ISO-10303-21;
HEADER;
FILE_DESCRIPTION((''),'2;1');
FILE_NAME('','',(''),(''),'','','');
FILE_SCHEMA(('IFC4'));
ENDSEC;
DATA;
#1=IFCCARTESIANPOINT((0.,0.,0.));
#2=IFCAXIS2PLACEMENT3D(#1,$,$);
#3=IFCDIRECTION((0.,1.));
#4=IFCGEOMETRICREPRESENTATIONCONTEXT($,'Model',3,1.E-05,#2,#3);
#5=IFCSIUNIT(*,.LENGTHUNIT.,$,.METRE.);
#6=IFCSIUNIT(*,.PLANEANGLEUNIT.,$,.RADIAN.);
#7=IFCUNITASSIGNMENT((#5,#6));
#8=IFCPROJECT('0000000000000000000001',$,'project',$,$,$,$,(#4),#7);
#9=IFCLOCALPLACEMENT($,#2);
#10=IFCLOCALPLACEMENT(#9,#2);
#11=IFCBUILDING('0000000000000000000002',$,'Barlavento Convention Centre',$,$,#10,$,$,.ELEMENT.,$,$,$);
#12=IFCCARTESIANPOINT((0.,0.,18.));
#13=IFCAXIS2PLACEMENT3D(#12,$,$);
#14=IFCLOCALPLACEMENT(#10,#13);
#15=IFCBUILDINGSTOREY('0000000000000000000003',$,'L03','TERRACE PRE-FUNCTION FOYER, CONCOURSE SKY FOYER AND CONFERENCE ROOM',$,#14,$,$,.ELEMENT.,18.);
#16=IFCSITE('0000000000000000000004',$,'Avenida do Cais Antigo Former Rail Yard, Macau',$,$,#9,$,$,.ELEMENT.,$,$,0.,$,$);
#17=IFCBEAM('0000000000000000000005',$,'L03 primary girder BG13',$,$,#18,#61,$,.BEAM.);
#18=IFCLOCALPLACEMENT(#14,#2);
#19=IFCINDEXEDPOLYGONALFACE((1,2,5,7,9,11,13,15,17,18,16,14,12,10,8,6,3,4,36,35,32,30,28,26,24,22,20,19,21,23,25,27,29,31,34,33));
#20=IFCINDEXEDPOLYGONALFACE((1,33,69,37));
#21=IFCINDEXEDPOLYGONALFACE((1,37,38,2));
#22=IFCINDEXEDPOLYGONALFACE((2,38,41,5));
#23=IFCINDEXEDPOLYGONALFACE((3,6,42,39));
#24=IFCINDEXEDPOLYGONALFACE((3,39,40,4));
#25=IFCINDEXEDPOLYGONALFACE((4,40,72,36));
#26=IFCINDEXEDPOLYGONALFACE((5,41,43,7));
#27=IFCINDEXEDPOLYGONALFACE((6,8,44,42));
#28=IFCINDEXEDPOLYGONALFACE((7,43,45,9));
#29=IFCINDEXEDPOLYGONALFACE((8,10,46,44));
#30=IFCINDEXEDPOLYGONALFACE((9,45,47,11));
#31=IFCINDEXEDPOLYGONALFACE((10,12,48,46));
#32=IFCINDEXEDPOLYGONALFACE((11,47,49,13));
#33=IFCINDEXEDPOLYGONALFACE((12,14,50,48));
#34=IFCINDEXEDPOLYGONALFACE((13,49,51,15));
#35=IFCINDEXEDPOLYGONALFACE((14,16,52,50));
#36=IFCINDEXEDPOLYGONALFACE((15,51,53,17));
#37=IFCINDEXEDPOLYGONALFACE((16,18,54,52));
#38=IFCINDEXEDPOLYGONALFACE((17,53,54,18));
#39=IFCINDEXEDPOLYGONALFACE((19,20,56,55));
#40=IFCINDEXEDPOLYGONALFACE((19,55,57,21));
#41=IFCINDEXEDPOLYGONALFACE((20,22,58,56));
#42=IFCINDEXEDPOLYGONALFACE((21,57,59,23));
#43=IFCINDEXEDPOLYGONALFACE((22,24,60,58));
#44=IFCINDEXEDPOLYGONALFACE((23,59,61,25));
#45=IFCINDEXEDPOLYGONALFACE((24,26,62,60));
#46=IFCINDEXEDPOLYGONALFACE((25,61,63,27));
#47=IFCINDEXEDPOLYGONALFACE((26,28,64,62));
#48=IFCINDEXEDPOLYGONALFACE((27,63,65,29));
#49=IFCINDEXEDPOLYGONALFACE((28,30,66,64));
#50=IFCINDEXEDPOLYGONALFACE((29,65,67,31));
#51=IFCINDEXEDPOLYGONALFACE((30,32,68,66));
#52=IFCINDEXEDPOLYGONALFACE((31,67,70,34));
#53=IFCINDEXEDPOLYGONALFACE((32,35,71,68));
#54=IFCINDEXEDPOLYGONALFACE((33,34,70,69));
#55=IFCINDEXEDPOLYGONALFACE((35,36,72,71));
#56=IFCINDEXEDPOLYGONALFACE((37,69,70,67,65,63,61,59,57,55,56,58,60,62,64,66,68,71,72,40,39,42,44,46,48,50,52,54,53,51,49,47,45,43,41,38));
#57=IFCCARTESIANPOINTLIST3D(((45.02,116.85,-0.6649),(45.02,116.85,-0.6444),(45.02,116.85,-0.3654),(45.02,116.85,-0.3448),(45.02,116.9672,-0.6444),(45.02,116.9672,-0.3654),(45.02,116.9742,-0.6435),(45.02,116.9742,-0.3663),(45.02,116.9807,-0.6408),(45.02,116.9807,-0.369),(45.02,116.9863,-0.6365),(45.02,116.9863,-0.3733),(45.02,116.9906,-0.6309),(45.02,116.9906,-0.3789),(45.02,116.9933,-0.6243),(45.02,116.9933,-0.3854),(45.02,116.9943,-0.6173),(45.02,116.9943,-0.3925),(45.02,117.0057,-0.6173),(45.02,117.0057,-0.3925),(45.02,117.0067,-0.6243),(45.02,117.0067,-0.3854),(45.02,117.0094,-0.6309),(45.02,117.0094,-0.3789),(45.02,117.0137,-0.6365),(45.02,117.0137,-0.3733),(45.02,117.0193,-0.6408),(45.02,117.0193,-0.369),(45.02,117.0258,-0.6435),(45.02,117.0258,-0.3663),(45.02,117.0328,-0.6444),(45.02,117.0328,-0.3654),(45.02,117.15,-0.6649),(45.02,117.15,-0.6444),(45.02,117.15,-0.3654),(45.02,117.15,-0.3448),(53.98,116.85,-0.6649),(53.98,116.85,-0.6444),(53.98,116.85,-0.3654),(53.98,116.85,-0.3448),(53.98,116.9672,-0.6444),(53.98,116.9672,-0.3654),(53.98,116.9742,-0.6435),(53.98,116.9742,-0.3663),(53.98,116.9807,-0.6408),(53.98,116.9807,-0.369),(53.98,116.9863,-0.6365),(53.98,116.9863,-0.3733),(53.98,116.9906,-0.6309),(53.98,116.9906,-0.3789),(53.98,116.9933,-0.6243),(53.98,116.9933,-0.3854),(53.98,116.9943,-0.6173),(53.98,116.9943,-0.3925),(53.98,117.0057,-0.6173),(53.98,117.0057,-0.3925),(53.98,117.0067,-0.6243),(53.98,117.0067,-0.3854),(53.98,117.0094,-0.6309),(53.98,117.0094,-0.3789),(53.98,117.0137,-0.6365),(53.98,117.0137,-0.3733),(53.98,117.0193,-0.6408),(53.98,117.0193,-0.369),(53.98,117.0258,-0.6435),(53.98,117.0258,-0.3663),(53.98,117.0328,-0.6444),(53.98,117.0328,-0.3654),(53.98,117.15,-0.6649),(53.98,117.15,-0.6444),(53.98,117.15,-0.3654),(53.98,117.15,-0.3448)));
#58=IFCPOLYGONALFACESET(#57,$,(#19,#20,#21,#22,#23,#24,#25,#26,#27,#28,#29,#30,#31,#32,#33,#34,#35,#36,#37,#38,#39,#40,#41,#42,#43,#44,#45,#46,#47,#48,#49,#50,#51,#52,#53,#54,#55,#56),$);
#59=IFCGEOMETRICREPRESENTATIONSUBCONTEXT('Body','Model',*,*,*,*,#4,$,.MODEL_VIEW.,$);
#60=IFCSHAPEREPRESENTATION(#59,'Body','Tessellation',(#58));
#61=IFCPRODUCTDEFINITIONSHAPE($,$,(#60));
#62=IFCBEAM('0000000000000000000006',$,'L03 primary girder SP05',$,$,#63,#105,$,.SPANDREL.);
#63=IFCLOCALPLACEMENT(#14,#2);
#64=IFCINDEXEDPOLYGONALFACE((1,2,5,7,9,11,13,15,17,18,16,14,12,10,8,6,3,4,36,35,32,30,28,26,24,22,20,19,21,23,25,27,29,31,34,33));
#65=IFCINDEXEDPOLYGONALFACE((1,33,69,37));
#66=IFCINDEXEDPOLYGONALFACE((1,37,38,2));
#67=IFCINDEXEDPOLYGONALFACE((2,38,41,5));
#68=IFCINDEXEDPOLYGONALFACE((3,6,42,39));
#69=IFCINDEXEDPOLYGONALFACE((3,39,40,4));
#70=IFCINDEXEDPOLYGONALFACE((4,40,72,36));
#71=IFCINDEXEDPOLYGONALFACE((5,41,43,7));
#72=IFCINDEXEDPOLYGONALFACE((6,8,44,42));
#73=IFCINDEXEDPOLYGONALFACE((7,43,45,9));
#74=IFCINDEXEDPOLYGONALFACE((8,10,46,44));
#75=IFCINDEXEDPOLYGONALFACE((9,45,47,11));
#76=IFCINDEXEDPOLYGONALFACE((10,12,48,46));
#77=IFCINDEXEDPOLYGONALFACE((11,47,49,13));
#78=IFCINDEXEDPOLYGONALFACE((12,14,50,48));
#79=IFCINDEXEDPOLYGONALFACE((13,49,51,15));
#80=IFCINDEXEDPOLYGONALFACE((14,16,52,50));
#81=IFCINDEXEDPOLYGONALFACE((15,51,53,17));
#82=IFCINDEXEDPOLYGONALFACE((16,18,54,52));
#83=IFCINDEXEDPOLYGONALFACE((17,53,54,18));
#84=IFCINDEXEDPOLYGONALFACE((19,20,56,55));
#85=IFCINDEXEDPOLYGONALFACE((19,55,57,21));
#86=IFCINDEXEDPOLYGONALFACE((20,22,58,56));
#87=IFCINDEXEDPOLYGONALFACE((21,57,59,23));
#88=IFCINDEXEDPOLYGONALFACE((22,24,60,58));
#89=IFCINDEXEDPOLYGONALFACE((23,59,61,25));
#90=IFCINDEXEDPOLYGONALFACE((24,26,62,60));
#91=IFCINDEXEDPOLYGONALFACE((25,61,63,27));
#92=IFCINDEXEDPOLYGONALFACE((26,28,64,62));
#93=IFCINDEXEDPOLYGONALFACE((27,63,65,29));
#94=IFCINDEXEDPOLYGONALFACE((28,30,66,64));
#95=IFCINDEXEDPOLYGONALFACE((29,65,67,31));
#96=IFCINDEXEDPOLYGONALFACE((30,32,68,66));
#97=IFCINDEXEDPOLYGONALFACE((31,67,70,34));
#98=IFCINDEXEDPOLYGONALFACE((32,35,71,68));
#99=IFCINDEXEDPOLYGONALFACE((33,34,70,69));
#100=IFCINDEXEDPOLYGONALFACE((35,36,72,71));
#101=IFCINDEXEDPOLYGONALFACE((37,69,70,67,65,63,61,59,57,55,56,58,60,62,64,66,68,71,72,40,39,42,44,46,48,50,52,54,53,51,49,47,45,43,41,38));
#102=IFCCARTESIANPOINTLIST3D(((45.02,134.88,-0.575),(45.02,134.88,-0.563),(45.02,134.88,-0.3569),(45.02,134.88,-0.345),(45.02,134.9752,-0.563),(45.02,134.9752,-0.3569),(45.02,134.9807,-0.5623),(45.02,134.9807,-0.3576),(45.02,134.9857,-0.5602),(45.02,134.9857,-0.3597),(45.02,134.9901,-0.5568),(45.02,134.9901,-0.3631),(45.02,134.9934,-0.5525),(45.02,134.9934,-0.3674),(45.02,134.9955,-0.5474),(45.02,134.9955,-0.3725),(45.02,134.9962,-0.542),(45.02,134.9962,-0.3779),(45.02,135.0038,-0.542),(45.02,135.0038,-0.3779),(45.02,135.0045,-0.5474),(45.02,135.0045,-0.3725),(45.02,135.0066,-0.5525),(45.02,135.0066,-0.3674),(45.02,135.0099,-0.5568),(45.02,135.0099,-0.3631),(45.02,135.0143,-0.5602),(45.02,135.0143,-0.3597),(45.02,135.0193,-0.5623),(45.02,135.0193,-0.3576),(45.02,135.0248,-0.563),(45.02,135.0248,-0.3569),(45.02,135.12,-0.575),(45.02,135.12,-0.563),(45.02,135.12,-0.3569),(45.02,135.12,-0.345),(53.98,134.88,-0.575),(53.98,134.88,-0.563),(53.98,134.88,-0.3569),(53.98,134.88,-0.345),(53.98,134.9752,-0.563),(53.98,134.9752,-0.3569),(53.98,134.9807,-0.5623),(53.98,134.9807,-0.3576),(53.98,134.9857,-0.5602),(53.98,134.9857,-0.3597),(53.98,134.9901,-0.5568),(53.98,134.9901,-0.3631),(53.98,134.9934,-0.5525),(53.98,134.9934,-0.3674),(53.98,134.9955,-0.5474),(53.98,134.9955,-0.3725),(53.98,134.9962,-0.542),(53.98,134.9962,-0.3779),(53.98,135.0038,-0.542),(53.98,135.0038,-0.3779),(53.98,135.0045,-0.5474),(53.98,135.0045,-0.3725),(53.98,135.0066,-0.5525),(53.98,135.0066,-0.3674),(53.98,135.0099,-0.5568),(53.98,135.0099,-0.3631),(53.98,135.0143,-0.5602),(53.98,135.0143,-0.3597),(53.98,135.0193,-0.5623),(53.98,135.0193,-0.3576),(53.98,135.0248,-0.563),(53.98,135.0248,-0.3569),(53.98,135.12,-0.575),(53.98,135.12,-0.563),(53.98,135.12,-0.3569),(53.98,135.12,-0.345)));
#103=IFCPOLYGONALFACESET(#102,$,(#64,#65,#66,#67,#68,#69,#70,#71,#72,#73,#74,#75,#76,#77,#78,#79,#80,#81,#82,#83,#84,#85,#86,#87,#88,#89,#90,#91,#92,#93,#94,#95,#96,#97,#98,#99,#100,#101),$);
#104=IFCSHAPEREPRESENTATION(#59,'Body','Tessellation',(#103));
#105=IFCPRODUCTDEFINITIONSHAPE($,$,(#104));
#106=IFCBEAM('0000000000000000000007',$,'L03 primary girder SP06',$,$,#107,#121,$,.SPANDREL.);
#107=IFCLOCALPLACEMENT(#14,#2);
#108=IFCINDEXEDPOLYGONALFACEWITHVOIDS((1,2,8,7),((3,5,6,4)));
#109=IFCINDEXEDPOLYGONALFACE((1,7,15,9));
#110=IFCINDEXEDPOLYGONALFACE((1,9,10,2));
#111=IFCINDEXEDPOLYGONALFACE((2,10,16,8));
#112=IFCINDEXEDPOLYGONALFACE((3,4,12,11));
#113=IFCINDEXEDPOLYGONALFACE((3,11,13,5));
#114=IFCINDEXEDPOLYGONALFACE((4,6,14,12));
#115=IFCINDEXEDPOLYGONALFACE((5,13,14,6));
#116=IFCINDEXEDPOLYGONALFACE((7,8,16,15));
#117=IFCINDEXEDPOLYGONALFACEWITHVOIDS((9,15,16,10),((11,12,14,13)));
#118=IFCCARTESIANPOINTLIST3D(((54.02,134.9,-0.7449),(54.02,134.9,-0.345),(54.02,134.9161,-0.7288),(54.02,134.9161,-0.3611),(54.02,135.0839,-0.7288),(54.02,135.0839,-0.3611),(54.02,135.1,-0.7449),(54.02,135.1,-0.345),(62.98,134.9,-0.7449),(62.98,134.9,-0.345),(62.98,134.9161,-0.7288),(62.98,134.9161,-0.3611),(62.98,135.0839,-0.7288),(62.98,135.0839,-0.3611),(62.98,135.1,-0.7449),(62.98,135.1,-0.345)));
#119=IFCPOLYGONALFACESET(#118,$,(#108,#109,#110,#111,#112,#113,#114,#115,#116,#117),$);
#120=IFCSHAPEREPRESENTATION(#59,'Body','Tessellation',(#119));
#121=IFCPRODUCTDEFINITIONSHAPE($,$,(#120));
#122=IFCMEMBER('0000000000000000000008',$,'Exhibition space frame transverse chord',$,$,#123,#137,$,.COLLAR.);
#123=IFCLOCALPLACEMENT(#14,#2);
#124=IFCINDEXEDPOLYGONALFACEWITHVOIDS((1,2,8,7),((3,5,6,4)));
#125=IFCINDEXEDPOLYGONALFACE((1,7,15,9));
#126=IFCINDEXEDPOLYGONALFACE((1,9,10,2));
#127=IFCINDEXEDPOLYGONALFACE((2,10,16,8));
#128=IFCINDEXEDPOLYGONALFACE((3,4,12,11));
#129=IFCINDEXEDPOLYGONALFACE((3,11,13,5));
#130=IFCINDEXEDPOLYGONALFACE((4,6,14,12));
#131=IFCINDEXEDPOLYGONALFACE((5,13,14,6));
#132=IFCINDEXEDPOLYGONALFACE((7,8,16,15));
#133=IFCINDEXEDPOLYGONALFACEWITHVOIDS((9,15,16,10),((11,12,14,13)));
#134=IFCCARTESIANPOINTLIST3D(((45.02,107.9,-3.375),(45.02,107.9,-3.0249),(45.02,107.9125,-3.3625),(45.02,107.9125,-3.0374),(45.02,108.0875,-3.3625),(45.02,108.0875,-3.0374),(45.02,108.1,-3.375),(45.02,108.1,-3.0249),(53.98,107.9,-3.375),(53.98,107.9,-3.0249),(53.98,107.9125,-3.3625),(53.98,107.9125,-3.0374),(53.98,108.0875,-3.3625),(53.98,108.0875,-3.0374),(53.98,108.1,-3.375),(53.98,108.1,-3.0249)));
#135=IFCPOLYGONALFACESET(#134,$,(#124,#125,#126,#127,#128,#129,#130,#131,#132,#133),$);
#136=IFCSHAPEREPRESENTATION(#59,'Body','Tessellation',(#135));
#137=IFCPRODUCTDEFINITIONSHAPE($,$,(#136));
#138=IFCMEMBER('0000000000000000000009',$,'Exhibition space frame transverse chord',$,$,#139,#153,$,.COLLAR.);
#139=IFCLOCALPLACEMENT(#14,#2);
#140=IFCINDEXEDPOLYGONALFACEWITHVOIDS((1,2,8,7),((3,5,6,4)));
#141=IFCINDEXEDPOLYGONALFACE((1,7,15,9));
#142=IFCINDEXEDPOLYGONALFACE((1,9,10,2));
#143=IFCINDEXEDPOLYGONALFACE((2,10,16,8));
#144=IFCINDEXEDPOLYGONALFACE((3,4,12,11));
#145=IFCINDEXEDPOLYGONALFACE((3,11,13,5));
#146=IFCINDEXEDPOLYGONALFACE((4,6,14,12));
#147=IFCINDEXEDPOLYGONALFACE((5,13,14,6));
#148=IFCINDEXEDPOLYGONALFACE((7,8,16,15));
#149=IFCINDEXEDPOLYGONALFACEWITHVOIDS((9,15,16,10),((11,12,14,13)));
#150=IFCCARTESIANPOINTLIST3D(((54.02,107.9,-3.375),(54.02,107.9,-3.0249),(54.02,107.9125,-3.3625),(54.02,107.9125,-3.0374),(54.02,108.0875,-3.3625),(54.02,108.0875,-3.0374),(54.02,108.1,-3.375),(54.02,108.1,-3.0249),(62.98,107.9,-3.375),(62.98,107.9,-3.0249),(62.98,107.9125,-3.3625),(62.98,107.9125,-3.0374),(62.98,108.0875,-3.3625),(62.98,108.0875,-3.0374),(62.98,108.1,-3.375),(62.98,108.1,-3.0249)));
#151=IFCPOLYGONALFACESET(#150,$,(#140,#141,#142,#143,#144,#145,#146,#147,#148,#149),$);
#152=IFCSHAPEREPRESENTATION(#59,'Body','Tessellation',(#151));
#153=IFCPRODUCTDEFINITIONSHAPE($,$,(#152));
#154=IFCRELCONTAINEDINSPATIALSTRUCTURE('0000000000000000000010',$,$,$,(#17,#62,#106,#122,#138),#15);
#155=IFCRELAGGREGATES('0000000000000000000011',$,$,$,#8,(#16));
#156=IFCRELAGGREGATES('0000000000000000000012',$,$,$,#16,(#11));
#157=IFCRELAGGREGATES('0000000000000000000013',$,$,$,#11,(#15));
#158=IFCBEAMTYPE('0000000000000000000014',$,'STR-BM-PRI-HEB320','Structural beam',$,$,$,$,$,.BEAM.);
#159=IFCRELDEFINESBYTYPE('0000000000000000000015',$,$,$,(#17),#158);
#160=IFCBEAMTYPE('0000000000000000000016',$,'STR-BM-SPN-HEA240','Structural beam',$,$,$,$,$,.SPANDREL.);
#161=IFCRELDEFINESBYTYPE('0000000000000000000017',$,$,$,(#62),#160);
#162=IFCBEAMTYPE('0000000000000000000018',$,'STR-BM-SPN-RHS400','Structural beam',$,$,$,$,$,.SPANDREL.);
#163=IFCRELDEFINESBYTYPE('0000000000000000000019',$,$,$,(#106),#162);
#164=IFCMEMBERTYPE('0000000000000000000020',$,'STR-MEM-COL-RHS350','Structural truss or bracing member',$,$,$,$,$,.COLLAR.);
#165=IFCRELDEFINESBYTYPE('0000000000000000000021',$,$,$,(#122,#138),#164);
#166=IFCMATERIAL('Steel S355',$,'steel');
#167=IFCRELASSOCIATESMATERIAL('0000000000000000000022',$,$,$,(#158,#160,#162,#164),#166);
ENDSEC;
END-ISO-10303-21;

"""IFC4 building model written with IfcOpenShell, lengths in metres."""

from ifc_helpers import new_model, si_unit, direction, frame, origin, origin_2d, place, context, subcontext, project, spatial, hollow_rectangle, i_section, extrude, material, material_profile, profile_set, type_object, element, save


model = new_model("IFC4")

# Units and contexts
model_context = context("Model", 3, precision=1e-05, world=origin(), true_north=direction((0.0, 1.0)))
body_context = subcontext(model_context, "Body", "Model", "MODEL_VIEW")
ifc_project = project(units=[si_unit("LENGTHUNIT", "METRE"), si_unit("PLANEANGLEUNIT", "RADIAN")], contexts=[model_context])

# Site, building, storey
site_placement = place(None, origin())
site = spatial("IfcSite", under=ifc_project, at=site_placement, Name="Avenida do Cais Antigo Former Rail Yard, Macau", CompositionType="ELEMENT", RefElevation=0.0)
building_placement = place(site_placement, origin())
building = spatial("IfcBuilding", under=site, at=building_placement, Name="Barlavento Convention Centre", CompositionType="ELEMENT")
storey_placement = place(building_placement, frame((0.0, 0.0, 18.0)))
storey = spatial("IfcBuildingStorey", under=building, at=storey_placement, Name="L03", Description="TERRACE PRE-FUNCTION FOYER, CONCOURSE SKY FOYER AND CONFERENCE ROOM", CompositionType="ELEMENT", Elevation=18.0)

# Beams
ifc_material_1 = material(Name="Steel S355", Category="steel")
ifc_material_profile_1 = material_profile(ifc_material_1, i_section(OverallWidth=0.3, OverallDepth=0.3201, WebThickness=0.0115, FlangeThickness=0.0205, FilletRadius=0.0271, at=origin_2d()), Name="HEB 320")
ifc_profile_set_1 = profile_set([ifc_material_profile_1], Name="Steel S355")
beam_type_1 = type_object("IfcBeamType", Name="STR-BM-PRI-HEB320", Description="Structural beam", PredefinedType="BEAM", material=ifc_profile_set_1)
beam_1_placement = place(storey_placement, frame((45.02, 117.0, -0.5049), z_axis=(1.0, 0.0, 0.0), x_axis=(0.0, 1.0, 0.0)))
element("IfcBeam", 1, at=beam_1_placement, inside=storey, type_object=beam_type_1, Name="L03 primary girder BG13", PredefinedType="BEAM", context=body_context, shape_type="SweptSolid", body=[
    extrude(i_section(OverallWidth=0.3, OverallDepth=0.3201, WebThickness=0.0115, FlangeThickness=0.0205, FilletRadius=0.0271, at=origin_2d()), origin(), (0.0, 0.0, 1.0), 8.96),
])
ifc_material_profile_2 = material_profile(ifc_material_1, i_section(OverallWidth=0.24, OverallDepth=0.23, WebThickness=0.0076, FlangeThickness=0.012, FilletRadius=0.021, at=origin_2d()), Name="HEA 240")
ifc_profile_set_2 = profile_set([ifc_material_profile_2], Name="Steel S355")
beam_type_2 = type_object("IfcBeamType", Name="STR-BM-SPN-HEA240", Description="Structural beam", PredefinedType="SPANDREL", material=ifc_profile_set_2)
beam_2_placement = place(storey_placement, frame((45.02, 135.0, -0.46), z_axis=(1.0, 0.0, 0.0), x_axis=(0.0, 1.0, 0.0)))
element("IfcBeam", 2, at=beam_2_placement, inside=storey, type_object=beam_type_2, Name="L03 primary girder SP05", PredefinedType="SPANDREL", context=body_context, shape_type="SweptSolid", body=[
    extrude(i_section(OverallWidth=0.24, OverallDepth=0.23, WebThickness=0.0076, FlangeThickness=0.012, FilletRadius=0.021, at=origin_2d()), origin(), (0.0, 0.0, 1.0), 8.96),
])
ifc_material_profile_3 = material_profile(ifc_material_1, hollow_rectangle(XDim=0.2, YDim=0.3999, WallThickness=0.0161, at=origin_2d()), Name="RHS 400x200x16.0")
ifc_profile_set_3 = profile_set([ifc_material_profile_3], Name="Steel S355")
beam_type_3 = type_object("IfcBeamType", Name="STR-BM-SPN-RHS400", Description="Structural beam", PredefinedType="SPANDREL", material=ifc_profile_set_3)
beam_3_placement = place(storey_placement, frame((54.02, 135.0, -0.5449), z_axis=(1.0, 0.0, 0.0), x_axis=(0.0, 1.0, 0.0)))
element("IfcBeam", 3, at=beam_3_placement, inside=storey, type_object=beam_type_3, Name="L03 primary girder SP06", PredefinedType="SPANDREL", context=body_context, shape_type="SweptSolid", body=[
    extrude(hollow_rectangle(XDim=0.2, YDim=0.3999, WallThickness=0.0161, at=origin_2d()), origin(), (0.0, 0.0, 1.0), 8.96),
])

# Members
ifc_material_profile_4 = material_profile(ifc_material_1, hollow_rectangle(XDim=0.2, YDim=0.3501, WallThickness=0.0125, at=origin_2d()), Name="RHS 350x200x12.5")
ifc_profile_set_4 = profile_set([ifc_material_profile_4], Name="Steel S355")
member_type_1 = type_object("IfcMemberType", Name="STR-MEM-COL-RHS350", Description="Structural truss or bracing member", PredefinedType="COLLAR", material=ifc_profile_set_4)
for number, where, z_axis, x_axis, name in (
    (4, (45.02, 108.0, -3.2), (1.0, 0.0, 0.0), (0.0, 1.0, 0.0), "Exhibition space frame transverse chord"),
    (5, (54.02, 108.0, -3.2), (1.0, 0.0, 0.0), (0.0, 1.0, 0.0), "Exhibition space frame transverse chord"),
):
    element("IfcMember", number, at=place(storey_placement, frame(where, z_axis=z_axis, x_axis=x_axis)), inside=storey, type_object=member_type_1, Name=name, PredefinedType="COLLAR", context=body_context, shape_type="SweptSolid", body=[
        extrude(hollow_rectangle(XDim=0.2, YDim=0.3501, WallThickness=0.0125, at=origin_2d()), origin(), (0.0, 0.0, 1.0), 8.96),
    ])

save(model, "model.ifc")
